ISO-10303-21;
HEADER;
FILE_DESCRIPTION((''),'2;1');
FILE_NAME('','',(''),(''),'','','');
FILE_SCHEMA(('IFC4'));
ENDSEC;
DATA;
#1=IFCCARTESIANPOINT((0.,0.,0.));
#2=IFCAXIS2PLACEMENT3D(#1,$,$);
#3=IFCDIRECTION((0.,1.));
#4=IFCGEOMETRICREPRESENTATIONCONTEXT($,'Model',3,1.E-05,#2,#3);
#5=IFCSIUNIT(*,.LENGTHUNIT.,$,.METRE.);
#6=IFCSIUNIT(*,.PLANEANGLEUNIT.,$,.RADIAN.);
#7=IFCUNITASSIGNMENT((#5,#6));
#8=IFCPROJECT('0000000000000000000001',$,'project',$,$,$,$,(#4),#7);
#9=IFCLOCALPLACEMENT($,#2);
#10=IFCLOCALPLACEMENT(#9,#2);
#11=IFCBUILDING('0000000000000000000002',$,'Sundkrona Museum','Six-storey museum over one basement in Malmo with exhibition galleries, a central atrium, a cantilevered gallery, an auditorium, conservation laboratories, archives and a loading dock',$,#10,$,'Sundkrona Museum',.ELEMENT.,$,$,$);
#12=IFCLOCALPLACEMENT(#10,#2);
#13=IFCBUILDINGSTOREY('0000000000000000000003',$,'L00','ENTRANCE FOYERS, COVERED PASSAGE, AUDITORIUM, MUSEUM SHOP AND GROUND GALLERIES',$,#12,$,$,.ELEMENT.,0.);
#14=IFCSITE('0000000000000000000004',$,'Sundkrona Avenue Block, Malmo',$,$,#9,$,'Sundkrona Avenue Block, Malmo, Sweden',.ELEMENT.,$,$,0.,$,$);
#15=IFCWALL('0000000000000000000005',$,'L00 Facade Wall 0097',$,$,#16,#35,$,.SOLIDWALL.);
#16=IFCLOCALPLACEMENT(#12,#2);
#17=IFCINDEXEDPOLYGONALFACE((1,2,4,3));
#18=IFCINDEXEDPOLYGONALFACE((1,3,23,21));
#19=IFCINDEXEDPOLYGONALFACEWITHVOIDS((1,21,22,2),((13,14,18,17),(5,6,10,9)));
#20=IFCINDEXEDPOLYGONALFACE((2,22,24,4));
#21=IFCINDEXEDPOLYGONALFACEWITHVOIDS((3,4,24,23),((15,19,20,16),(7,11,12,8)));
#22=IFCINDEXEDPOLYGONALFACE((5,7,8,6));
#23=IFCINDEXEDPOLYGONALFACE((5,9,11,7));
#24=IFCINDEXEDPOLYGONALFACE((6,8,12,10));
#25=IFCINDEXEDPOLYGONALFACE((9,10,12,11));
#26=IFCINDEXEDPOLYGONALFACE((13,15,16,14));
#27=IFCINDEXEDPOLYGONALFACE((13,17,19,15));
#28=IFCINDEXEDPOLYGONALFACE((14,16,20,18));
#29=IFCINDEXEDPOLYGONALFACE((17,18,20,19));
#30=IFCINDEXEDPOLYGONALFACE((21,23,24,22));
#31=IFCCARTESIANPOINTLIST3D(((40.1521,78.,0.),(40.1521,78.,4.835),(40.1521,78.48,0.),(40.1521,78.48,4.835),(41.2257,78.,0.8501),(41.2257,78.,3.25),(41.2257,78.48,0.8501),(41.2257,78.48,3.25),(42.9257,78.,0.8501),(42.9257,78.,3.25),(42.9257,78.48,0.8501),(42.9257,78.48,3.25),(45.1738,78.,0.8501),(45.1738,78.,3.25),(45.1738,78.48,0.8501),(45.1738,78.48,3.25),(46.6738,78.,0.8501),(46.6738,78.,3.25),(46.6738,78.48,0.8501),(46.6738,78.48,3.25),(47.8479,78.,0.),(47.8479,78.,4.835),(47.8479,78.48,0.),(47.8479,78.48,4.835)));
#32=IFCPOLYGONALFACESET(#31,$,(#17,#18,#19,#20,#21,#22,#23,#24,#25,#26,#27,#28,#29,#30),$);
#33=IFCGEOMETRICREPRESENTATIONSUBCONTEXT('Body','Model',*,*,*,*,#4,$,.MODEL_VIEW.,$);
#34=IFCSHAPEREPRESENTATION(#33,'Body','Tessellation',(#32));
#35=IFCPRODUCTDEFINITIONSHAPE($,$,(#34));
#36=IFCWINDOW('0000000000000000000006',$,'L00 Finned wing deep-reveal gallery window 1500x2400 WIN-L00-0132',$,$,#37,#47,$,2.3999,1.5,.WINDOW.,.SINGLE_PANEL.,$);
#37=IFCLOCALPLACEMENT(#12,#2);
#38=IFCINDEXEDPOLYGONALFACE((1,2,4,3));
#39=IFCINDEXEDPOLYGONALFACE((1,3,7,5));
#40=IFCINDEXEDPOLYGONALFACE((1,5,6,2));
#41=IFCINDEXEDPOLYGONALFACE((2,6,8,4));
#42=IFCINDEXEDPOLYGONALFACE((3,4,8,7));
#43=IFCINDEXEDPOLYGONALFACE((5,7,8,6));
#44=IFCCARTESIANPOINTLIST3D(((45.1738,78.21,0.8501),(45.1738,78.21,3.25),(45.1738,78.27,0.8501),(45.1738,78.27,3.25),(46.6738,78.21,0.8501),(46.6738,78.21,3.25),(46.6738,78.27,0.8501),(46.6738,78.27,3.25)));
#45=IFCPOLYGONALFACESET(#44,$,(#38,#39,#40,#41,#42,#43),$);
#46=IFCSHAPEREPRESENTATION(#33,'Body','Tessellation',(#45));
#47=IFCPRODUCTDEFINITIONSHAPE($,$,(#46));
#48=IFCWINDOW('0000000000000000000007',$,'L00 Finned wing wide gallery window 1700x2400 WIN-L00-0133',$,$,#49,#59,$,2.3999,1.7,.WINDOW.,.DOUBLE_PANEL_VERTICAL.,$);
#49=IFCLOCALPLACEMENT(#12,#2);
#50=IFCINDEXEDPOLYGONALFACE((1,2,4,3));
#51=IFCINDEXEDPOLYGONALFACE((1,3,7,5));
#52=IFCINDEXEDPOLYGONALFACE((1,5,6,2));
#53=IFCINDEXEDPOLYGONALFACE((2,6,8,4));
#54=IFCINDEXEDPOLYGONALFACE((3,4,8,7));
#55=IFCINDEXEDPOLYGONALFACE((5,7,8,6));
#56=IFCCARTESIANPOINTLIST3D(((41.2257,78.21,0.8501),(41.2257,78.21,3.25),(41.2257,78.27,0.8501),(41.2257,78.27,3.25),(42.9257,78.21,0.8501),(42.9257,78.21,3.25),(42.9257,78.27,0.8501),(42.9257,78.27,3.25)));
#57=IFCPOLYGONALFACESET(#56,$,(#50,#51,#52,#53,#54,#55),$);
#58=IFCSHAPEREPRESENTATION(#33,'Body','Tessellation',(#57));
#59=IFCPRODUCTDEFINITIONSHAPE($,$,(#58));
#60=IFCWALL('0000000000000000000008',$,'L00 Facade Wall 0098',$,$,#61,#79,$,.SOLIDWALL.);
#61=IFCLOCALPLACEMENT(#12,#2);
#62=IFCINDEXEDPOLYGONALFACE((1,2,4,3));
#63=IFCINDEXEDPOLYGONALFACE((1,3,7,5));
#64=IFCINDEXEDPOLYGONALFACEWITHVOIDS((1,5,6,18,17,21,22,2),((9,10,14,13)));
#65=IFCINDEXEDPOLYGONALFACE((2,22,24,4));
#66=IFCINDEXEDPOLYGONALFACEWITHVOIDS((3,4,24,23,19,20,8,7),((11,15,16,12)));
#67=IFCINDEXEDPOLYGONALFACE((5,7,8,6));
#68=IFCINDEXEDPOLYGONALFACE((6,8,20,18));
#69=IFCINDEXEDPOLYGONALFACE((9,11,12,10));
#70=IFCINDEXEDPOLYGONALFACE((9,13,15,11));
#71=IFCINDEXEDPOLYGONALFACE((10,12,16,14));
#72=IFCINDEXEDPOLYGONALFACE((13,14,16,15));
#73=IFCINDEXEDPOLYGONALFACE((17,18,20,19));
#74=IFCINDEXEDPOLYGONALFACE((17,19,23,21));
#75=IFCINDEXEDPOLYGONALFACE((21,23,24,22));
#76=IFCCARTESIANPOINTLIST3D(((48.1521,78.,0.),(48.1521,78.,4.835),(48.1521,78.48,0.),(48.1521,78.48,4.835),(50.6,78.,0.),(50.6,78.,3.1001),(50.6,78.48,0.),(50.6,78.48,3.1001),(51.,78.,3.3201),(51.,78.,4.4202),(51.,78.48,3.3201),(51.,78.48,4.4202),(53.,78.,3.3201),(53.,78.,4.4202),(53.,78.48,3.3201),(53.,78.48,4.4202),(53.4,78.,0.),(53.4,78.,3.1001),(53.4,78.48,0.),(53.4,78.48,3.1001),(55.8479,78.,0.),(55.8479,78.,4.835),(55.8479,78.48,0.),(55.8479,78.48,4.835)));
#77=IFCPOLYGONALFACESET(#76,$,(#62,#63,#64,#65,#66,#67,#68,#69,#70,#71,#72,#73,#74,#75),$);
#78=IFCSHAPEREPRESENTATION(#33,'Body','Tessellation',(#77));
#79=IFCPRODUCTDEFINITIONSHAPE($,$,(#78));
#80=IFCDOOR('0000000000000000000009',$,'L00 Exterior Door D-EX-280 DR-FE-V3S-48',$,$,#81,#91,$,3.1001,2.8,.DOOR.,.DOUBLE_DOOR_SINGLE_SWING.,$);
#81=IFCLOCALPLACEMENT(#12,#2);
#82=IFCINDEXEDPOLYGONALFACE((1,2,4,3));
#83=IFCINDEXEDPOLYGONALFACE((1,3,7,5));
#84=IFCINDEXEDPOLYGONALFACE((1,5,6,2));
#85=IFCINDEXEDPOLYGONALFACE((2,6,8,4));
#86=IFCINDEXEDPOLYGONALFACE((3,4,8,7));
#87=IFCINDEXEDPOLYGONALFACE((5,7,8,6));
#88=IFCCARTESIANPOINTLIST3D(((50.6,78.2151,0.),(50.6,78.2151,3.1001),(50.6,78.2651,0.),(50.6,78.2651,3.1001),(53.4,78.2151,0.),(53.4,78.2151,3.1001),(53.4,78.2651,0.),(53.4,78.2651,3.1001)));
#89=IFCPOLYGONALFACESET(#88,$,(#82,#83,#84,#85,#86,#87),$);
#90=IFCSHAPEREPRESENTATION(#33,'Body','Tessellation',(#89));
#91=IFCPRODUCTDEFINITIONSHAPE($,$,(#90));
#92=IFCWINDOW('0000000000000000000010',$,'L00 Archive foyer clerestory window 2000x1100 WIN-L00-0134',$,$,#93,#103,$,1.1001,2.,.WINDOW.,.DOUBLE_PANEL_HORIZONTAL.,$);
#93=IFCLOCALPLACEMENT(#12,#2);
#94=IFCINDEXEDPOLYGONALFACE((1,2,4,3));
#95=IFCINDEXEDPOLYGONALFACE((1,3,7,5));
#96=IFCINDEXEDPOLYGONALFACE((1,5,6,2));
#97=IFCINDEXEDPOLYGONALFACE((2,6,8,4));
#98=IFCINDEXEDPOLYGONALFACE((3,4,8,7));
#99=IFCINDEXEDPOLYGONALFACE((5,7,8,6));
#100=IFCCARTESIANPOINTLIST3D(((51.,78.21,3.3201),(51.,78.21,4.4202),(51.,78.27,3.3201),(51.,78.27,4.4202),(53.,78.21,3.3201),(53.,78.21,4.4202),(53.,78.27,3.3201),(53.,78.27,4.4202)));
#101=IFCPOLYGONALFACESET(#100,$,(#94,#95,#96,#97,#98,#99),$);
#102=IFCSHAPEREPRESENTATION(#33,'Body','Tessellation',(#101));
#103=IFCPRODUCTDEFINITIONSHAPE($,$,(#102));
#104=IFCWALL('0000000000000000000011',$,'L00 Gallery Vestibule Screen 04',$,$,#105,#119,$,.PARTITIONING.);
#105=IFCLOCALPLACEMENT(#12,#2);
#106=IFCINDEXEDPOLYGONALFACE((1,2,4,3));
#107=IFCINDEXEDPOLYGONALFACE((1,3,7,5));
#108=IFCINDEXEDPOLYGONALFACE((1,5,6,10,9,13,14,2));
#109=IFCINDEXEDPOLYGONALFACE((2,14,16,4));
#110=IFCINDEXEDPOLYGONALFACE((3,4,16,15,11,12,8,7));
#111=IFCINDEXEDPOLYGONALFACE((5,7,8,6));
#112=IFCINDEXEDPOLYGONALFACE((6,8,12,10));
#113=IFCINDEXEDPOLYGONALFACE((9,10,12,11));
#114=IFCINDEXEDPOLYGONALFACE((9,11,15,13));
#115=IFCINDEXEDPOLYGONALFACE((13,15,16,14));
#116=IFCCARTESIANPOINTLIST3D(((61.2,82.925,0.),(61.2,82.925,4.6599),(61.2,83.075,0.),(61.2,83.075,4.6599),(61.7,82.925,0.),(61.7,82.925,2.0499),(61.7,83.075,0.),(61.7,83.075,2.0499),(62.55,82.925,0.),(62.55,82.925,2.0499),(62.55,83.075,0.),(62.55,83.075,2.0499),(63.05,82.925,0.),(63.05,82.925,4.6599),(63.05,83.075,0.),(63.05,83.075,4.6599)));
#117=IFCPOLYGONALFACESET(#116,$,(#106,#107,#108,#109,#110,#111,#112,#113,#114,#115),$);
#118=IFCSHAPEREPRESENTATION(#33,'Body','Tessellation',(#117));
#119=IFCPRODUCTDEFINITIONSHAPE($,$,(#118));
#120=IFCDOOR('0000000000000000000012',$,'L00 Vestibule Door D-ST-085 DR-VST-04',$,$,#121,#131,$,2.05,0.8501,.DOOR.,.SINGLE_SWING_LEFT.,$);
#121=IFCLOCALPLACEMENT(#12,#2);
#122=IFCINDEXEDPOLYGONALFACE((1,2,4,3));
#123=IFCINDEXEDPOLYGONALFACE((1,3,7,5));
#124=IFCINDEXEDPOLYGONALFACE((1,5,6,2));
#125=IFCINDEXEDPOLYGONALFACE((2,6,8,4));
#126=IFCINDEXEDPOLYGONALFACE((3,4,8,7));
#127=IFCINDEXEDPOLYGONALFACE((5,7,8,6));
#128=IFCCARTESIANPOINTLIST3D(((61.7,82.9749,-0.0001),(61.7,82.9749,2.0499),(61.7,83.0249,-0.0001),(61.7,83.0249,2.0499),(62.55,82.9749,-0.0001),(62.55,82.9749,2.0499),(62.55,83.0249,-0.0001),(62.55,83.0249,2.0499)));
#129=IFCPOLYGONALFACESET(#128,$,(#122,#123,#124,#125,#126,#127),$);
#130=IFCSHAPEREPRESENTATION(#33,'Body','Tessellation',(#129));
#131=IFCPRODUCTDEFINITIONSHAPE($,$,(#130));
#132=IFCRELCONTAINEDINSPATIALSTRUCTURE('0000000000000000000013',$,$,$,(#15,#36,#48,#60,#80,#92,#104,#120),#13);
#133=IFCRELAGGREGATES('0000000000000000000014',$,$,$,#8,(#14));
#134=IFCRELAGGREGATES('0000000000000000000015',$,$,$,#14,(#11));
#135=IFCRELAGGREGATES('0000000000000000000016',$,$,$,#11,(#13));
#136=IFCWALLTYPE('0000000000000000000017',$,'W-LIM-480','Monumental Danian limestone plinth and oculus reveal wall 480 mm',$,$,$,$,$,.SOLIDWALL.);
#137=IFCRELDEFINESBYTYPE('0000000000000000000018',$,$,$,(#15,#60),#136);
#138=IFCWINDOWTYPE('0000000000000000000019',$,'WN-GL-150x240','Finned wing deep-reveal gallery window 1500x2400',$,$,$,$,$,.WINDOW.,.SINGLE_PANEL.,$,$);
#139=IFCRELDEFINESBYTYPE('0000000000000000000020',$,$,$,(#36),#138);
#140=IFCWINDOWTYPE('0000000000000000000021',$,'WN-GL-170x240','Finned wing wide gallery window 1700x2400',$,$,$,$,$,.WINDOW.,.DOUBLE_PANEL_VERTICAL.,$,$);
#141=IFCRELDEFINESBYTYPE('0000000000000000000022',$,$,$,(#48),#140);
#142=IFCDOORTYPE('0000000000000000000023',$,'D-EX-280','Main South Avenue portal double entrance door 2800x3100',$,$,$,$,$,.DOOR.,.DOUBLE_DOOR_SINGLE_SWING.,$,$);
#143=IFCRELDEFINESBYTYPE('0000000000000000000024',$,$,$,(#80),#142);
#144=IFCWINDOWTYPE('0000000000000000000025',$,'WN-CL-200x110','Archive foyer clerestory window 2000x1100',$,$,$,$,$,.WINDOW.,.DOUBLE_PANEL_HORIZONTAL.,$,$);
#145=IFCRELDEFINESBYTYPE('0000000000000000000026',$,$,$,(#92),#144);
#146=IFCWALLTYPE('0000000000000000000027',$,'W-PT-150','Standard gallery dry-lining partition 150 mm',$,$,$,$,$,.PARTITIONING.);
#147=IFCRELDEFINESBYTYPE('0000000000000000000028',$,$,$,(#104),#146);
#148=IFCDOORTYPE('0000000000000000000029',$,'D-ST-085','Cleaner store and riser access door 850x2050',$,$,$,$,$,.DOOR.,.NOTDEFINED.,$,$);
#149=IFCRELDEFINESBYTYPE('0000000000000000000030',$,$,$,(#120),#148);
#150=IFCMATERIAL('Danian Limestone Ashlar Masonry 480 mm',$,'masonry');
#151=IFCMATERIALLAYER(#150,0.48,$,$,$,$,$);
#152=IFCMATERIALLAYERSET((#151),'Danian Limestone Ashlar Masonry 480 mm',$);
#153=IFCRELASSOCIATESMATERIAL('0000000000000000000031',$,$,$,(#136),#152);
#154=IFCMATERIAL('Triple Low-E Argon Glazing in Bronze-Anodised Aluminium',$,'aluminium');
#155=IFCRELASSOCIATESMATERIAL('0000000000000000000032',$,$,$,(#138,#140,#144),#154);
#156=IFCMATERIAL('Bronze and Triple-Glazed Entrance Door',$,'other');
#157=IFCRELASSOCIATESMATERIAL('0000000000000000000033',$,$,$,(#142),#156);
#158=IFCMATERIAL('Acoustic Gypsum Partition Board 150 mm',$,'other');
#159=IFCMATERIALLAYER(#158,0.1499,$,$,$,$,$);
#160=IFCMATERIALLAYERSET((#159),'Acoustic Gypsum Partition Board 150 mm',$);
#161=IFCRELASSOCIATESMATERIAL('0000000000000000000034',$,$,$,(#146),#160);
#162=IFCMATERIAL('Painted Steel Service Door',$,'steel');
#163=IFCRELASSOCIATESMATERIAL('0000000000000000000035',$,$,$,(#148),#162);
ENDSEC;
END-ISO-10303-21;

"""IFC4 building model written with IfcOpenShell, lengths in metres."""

from ifc_helpers import new_model, si_unit, direction, frame, frame_2d, origin, place, context, subcontext, project, spatial, rectangle, extrude, material, layer, layer_set, type_object, element, fill, save


model = new_model("IFC4")

# Units and contexts
model_context = context("Model", 3, precision=1e-05, world=origin(), true_north=direction((0.0, 1.0)))
body_context = subcontext(model_context, "Body", "Model", "MODEL_VIEW")
ifc_project = project(units=[si_unit("LENGTHUNIT", "METRE"), si_unit("PLANEANGLEUNIT", "RADIAN")], contexts=[model_context])

# Site, building, storey
site_placement = place(None, origin())
site = spatial("IfcSite", under=ifc_project, at=site_placement, Name="Sundkrona Avenue Block, Malmo", LongName="Sundkrona Avenue Block, Malmo, Sweden", CompositionType="ELEMENT", RefElevation=0.0)
building_placement = place(site_placement, origin())
building = spatial("IfcBuilding", under=site, at=building_placement, Name="Sundkrona Museum", Description="Six-storey museum over one basement in Malmo with exhibition galleries, a central atrium, a cantilevered gallery, an auditorium, conservation laboratories, archives and a loading dock", LongName="Sundkrona Museum", CompositionType="ELEMENT")
storey_placement = place(building_placement, origin())
storey = spatial("IfcBuildingStorey", under=building, at=storey_placement, Name="L00", Description="ENTRANCE FOYERS, COVERED PASSAGE, AUDITORIUM, MUSEUM SHOP AND GROUND GALLERIES", CompositionType="ELEMENT", Elevation=0.0)

# Wall, openings, windows
ifc_material_1 = material(Name="Danian Limestone Ashlar Masonry 480 mm", Category="masonry")
ifc_layer_1 = layer(ifc_material_1, 0.48)
ifc_layer_set_1 = layer_set([ifc_layer_1], Name="Danian Limestone Ashlar Masonry 480 mm")
wall_type_1 = type_object("IfcWallType", Name="W-LIM-480", Description="Monumental Danian limestone plinth and oculus reveal wall 480 mm", PredefinedType="SOLIDWALL", material=ifc_layer_set_1)
wall_1_placement = place(storey_placement, frame((47.8479, 78.24, 0.0), z_axis=(0.0, 0.0, 1.0), x_axis=(-1.0, 0.0, 0.0)))
wall_1 = element("IfcWall", 1, at=wall_1_placement, inside=storey, type_object=wall_type_1, Name="L00 Facade Wall 0097", PredefinedType="SOLIDWALL", context=body_context, shape_type="SweptSolid", body=[
    extrude(rectangle(XDim=7.6958, YDim=0.48, at=frame_2d((3.8479, 0.0))), origin(), (0.0, 0.0, 1.0), 4.835),
])
opening_1_placement = place(wall_1_placement, frame((1.1741, 0.0, 0.8501)))
opening_1 = element("IfcOpeningElement", 2, at=opening_1_placement, cuts=wall_1, PredefinedType="OPENING", context=body_context, shape_type="SweptSolid", body=[
    extrude(rectangle(XDim=1.5, YDim=2.3999, at=frame_2d((0.75, 1.2))), frame((0.0, 0.25, 0.0), z_axis=(0.0, -1.0, 0.0), x_axis=(1.0, 0.0, 0.0)), (0.0, 0.0, 1.0), 0.5),
])
opening_2_placement = place(wall_1_placement, frame((4.9221, 0.0, 0.8501)))
opening_2 = element("IfcOpeningElement", 3, at=opening_2_placement, cuts=wall_1, PredefinedType="OPENING", context=body_context, shape_type="SweptSolid", body=[
    extrude(rectangle(XDim=1.7, YDim=2.3999, at=frame_2d((0.8501, 1.2))), frame((0.0, 0.25, 0.0), z_axis=(0.0, -1.0, 0.0), x_axis=(1.0, 0.0, 0.0)), (0.0, 0.0, 1.0), 0.5),
])
ifc_material_2 = material(Name="Triple Low-E Argon Glazing in Bronze-Anodised Aluminium", Category="aluminium")
window_type_1 = type_object("IfcWindowType", Name="WN-GL-150x240", Description="Finned wing deep-reveal gallery window 1500x2400", PartitioningType="SINGLE_PANEL", PredefinedType="WINDOW", material=ifc_material_2)
window_1_placement = place(opening_1_placement, origin())
window_1 = element("IfcWindow", 4, at=window_1_placement, inside=storey, type_object=window_type_1, Name="L00 Finned wing deep-reveal gallery window 1500x2400 WIN-L00-0132", OverallHeight=2.3999, OverallWidth=1.5, PartitioningType="SINGLE_PANEL", PredefinedType="WINDOW", context=body_context, shape_type="SweptSolid", body=[
    extrude(rectangle(XDim=1.5, YDim=2.3999, at=frame_2d((0.75, 1.2))), frame((0.0, 0.03, 0.0), z_axis=(0.0, -1.0, 0.0), x_axis=(1.0, 0.0, 0.0)), (0.0, 0.0, 1.0), 0.0601),
])
fill(opening_1, window_1)
window_type_2 = type_object("IfcWindowType", Name="WN-GL-170x240", Description="Finned wing wide gallery window 1700x2400", PartitioningType="DOUBLE_PANEL_VERTICAL", PredefinedType="WINDOW", material=ifc_material_2)
window_2_placement = place(opening_2_placement, origin())
window_2 = element("IfcWindow", 5, at=window_2_placement, inside=storey, type_object=window_type_2, Name="L00 Finned wing wide gallery window 1700x2400 WIN-L00-0133", OverallHeight=2.3999, OverallWidth=1.7, PartitioningType="DOUBLE_PANEL_VERTICAL", PredefinedType="WINDOW", context=body_context, shape_type="SweptSolid", body=[
    extrude(rectangle(XDim=1.7, YDim=2.3999, at=frame_2d((0.8501, 1.2))), frame((0.0, 0.03, 0.0), z_axis=(0.0, -1.0, 0.0), x_axis=(1.0, 0.0, 0.0)), (0.0, 0.0, 1.0), 0.0601),
])
fill(opening_2, window_2)

# Wall, openings, door, window
wall_2_placement = place(storey_placement, frame((55.8479, 78.24, 0.0), z_axis=(0.0, 0.0, 1.0), x_axis=(-1.0, 0.0, 0.0)))
wall_2 = element("IfcWall", 6, at=wall_2_placement, inside=storey, type_object=wall_type_1, Name="L00 Facade Wall 0098", PredefinedType="SOLIDWALL", context=body_context, shape_type="SweptSolid", body=[
    extrude(rectangle(XDim=7.6958, YDim=0.48, at=frame_2d((3.8479, 0.0))), origin(), (0.0, 0.0, 1.0), 4.835),
])
opening_3_placement = place(wall_2_placement, frame((2.448, 0.0, 0.0)))
opening_3 = element("IfcOpeningElement", 7, at=opening_3_placement, cuts=wall_2, PredefinedType="OPENING", context=body_context, shape_type="SweptSolid", body=[
    extrude(rectangle(XDim=2.8, YDim=3.1001, at=frame_2d((1.3999, 1.55))), frame((0.0, 0.25, 0.0), z_axis=(0.0, -1.0, 0.0), x_axis=(1.0, 0.0, 0.0)), (0.0, 0.0, 1.0), 0.5),
])
opening_4_placement = place(wall_2_placement, frame((2.8479, 0.0, 3.3201)))
opening_4 = element("IfcOpeningElement", 8, at=opening_4_placement, cuts=wall_2, PredefinedType="OPENING", context=body_context, shape_type="SweptSolid", body=[
    extrude(rectangle(XDim=2.0, YDim=1.1001, at=frame_2d((1.0, 0.55))), frame((0.0, 0.25, 0.0), z_axis=(0.0, -1.0, 0.0), x_axis=(1.0, 0.0, 0.0)), (0.0, 0.0, 1.0), 0.5),
])
ifc_material_3 = material(Name="Bronze and Triple-Glazed Entrance Door", Category="other")
door_type_1 = type_object("IfcDoorType", Name="D-EX-280", Description="Main South Avenue portal double entrance door 2800x3100", OperationType="DOUBLE_DOOR_SINGLE_SWING", PredefinedType="DOOR", material=ifc_material_3)
door_1_placement = place(opening_3_placement, origin())
door_1 = element("IfcDoor", 9, at=door_1_placement, inside=storey, type_object=door_type_1, Name="L00 Exterior Door D-EX-280 DR-FE-V3S-48", OperationType="DOUBLE_DOOR_SINGLE_SWING", OverallHeight=3.1001, OverallWidth=2.8, PredefinedType="DOOR", context=body_context, shape_type="SweptSolid", body=[
    extrude(rectangle(XDim=2.8, YDim=3.1001, at=frame_2d((1.3999, 1.55))), frame((0.0, 0.0249, 0.0), z_axis=(0.0, -1.0, 0.0), x_axis=(1.0, 0.0, 0.0)), (0.0, 0.0, 1.0), 0.05),
])
fill(opening_3, door_1)
window_type_3 = type_object("IfcWindowType", Name="WN-CL-200x110", Description="Archive foyer clerestory window 2000x1100", PartitioningType="DOUBLE_PANEL_HORIZONTAL", PredefinedType="WINDOW", material=ifc_material_2)
window_3_placement = place(opening_4_placement, origin())
window_3 = element("IfcWindow", 10, at=window_3_placement, inside=storey, type_object=window_type_3, Name="L00 Archive foyer clerestory window 2000x1100 WIN-L00-0134", OverallHeight=1.1001, OverallWidth=2.0, PartitioningType="DOUBLE_PANEL_HORIZONTAL", PredefinedType="WINDOW", context=body_context, shape_type="SweptSolid", body=[
    extrude(rectangle(XDim=2.0, YDim=1.1001, at=frame_2d((1.0, 0.55))), frame((0.0, 0.03, 0.0), z_axis=(0.0, -1.0, 0.0), x_axis=(1.0, 0.0, 0.0)), (0.0, 0.0, 1.0), 0.0601),
])
fill(opening_4, window_3)

# Wall, opening, door
ifc_material_4 = material(Name="Acoustic Gypsum Partition Board 150 mm", Category="other")
ifc_layer_2 = layer(ifc_material_4, 0.1499)
ifc_layer_set_2 = layer_set([ifc_layer_2], Name="Acoustic Gypsum Partition Board 150 mm")
wall_type_2 = type_object("IfcWallType", Name="W-PT-150", Description="Standard gallery dry-lining partition 150 mm", PredefinedType="PARTITIONING", material=ifc_layer_set_2)
wall_3_placement = place(storey_placement, frame((61.2, 83.0, 0.0), z_axis=(0.0, 0.0, 1.0), x_axis=(1.0, 0.0, 0.0)))
wall_3 = element("IfcWall", 11, at=wall_3_placement, inside=storey, type_object=wall_type_2, Name="L00 Gallery Vestibule Screen 04", PredefinedType="PARTITIONING", context=body_context, shape_type="SweptSolid", body=[
    extrude(rectangle(XDim=1.8501, YDim=0.1499, at=frame_2d((0.925, 0.0))), origin(), (0.0, 0.0, 1.0), 4.6599),
])
opening_5_placement = place(wall_3_placement, frame((0.5, 0.0, 0.0)))
opening_5 = element("IfcOpeningElement", 12, at=opening_5_placement, cuts=wall_3, PredefinedType="OPENING", context=body_context, shape_type="SweptSolid", body=[
    extrude(rectangle(XDim=0.8501, YDim=2.05, at=frame_2d((0.425, 1.0249))), frame((0.0, 0.085, 0.0), z_axis=(0.0, -1.0, 0.0), x_axis=(1.0, 0.0, 0.0)), (0.0, 0.0, 1.0), 0.1699),
])
ifc_material_5 = material(Name="Painted Steel Service Door", Category="steel")
door_type_2 = type_object("IfcDoorType", Name="D-ST-085", Description="Cleaner store and riser access door 850x2050", OperationType="NOTDEFINED", PredefinedType="DOOR", material=ifc_material_5)
door_2_placement = place(opening_5_placement, origin())
door_2 = element("IfcDoor", 13, at=door_2_placement, inside=storey, type_object=door_type_2, Name="L00 Vestibule Door D-ST-085 DR-VST-04", OperationType="SINGLE_SWING_LEFT", OverallHeight=2.05, OverallWidth=0.8501, PredefinedType="DOOR", context=body_context, shape_type="SweptSolid", body=[
    extrude(rectangle(XDim=0.8501, YDim=2.05, at=frame_2d((0.425, 1.0249))), frame((0.0, 0.0249, 0.0), z_axis=(0.0, -1.0, 0.0), x_axis=(1.0, 0.0, 0.0)), (0.0, 0.0, 1.0), 0.05),
])
fill(opening_5, door_2)

save(model, "model.ifc")
